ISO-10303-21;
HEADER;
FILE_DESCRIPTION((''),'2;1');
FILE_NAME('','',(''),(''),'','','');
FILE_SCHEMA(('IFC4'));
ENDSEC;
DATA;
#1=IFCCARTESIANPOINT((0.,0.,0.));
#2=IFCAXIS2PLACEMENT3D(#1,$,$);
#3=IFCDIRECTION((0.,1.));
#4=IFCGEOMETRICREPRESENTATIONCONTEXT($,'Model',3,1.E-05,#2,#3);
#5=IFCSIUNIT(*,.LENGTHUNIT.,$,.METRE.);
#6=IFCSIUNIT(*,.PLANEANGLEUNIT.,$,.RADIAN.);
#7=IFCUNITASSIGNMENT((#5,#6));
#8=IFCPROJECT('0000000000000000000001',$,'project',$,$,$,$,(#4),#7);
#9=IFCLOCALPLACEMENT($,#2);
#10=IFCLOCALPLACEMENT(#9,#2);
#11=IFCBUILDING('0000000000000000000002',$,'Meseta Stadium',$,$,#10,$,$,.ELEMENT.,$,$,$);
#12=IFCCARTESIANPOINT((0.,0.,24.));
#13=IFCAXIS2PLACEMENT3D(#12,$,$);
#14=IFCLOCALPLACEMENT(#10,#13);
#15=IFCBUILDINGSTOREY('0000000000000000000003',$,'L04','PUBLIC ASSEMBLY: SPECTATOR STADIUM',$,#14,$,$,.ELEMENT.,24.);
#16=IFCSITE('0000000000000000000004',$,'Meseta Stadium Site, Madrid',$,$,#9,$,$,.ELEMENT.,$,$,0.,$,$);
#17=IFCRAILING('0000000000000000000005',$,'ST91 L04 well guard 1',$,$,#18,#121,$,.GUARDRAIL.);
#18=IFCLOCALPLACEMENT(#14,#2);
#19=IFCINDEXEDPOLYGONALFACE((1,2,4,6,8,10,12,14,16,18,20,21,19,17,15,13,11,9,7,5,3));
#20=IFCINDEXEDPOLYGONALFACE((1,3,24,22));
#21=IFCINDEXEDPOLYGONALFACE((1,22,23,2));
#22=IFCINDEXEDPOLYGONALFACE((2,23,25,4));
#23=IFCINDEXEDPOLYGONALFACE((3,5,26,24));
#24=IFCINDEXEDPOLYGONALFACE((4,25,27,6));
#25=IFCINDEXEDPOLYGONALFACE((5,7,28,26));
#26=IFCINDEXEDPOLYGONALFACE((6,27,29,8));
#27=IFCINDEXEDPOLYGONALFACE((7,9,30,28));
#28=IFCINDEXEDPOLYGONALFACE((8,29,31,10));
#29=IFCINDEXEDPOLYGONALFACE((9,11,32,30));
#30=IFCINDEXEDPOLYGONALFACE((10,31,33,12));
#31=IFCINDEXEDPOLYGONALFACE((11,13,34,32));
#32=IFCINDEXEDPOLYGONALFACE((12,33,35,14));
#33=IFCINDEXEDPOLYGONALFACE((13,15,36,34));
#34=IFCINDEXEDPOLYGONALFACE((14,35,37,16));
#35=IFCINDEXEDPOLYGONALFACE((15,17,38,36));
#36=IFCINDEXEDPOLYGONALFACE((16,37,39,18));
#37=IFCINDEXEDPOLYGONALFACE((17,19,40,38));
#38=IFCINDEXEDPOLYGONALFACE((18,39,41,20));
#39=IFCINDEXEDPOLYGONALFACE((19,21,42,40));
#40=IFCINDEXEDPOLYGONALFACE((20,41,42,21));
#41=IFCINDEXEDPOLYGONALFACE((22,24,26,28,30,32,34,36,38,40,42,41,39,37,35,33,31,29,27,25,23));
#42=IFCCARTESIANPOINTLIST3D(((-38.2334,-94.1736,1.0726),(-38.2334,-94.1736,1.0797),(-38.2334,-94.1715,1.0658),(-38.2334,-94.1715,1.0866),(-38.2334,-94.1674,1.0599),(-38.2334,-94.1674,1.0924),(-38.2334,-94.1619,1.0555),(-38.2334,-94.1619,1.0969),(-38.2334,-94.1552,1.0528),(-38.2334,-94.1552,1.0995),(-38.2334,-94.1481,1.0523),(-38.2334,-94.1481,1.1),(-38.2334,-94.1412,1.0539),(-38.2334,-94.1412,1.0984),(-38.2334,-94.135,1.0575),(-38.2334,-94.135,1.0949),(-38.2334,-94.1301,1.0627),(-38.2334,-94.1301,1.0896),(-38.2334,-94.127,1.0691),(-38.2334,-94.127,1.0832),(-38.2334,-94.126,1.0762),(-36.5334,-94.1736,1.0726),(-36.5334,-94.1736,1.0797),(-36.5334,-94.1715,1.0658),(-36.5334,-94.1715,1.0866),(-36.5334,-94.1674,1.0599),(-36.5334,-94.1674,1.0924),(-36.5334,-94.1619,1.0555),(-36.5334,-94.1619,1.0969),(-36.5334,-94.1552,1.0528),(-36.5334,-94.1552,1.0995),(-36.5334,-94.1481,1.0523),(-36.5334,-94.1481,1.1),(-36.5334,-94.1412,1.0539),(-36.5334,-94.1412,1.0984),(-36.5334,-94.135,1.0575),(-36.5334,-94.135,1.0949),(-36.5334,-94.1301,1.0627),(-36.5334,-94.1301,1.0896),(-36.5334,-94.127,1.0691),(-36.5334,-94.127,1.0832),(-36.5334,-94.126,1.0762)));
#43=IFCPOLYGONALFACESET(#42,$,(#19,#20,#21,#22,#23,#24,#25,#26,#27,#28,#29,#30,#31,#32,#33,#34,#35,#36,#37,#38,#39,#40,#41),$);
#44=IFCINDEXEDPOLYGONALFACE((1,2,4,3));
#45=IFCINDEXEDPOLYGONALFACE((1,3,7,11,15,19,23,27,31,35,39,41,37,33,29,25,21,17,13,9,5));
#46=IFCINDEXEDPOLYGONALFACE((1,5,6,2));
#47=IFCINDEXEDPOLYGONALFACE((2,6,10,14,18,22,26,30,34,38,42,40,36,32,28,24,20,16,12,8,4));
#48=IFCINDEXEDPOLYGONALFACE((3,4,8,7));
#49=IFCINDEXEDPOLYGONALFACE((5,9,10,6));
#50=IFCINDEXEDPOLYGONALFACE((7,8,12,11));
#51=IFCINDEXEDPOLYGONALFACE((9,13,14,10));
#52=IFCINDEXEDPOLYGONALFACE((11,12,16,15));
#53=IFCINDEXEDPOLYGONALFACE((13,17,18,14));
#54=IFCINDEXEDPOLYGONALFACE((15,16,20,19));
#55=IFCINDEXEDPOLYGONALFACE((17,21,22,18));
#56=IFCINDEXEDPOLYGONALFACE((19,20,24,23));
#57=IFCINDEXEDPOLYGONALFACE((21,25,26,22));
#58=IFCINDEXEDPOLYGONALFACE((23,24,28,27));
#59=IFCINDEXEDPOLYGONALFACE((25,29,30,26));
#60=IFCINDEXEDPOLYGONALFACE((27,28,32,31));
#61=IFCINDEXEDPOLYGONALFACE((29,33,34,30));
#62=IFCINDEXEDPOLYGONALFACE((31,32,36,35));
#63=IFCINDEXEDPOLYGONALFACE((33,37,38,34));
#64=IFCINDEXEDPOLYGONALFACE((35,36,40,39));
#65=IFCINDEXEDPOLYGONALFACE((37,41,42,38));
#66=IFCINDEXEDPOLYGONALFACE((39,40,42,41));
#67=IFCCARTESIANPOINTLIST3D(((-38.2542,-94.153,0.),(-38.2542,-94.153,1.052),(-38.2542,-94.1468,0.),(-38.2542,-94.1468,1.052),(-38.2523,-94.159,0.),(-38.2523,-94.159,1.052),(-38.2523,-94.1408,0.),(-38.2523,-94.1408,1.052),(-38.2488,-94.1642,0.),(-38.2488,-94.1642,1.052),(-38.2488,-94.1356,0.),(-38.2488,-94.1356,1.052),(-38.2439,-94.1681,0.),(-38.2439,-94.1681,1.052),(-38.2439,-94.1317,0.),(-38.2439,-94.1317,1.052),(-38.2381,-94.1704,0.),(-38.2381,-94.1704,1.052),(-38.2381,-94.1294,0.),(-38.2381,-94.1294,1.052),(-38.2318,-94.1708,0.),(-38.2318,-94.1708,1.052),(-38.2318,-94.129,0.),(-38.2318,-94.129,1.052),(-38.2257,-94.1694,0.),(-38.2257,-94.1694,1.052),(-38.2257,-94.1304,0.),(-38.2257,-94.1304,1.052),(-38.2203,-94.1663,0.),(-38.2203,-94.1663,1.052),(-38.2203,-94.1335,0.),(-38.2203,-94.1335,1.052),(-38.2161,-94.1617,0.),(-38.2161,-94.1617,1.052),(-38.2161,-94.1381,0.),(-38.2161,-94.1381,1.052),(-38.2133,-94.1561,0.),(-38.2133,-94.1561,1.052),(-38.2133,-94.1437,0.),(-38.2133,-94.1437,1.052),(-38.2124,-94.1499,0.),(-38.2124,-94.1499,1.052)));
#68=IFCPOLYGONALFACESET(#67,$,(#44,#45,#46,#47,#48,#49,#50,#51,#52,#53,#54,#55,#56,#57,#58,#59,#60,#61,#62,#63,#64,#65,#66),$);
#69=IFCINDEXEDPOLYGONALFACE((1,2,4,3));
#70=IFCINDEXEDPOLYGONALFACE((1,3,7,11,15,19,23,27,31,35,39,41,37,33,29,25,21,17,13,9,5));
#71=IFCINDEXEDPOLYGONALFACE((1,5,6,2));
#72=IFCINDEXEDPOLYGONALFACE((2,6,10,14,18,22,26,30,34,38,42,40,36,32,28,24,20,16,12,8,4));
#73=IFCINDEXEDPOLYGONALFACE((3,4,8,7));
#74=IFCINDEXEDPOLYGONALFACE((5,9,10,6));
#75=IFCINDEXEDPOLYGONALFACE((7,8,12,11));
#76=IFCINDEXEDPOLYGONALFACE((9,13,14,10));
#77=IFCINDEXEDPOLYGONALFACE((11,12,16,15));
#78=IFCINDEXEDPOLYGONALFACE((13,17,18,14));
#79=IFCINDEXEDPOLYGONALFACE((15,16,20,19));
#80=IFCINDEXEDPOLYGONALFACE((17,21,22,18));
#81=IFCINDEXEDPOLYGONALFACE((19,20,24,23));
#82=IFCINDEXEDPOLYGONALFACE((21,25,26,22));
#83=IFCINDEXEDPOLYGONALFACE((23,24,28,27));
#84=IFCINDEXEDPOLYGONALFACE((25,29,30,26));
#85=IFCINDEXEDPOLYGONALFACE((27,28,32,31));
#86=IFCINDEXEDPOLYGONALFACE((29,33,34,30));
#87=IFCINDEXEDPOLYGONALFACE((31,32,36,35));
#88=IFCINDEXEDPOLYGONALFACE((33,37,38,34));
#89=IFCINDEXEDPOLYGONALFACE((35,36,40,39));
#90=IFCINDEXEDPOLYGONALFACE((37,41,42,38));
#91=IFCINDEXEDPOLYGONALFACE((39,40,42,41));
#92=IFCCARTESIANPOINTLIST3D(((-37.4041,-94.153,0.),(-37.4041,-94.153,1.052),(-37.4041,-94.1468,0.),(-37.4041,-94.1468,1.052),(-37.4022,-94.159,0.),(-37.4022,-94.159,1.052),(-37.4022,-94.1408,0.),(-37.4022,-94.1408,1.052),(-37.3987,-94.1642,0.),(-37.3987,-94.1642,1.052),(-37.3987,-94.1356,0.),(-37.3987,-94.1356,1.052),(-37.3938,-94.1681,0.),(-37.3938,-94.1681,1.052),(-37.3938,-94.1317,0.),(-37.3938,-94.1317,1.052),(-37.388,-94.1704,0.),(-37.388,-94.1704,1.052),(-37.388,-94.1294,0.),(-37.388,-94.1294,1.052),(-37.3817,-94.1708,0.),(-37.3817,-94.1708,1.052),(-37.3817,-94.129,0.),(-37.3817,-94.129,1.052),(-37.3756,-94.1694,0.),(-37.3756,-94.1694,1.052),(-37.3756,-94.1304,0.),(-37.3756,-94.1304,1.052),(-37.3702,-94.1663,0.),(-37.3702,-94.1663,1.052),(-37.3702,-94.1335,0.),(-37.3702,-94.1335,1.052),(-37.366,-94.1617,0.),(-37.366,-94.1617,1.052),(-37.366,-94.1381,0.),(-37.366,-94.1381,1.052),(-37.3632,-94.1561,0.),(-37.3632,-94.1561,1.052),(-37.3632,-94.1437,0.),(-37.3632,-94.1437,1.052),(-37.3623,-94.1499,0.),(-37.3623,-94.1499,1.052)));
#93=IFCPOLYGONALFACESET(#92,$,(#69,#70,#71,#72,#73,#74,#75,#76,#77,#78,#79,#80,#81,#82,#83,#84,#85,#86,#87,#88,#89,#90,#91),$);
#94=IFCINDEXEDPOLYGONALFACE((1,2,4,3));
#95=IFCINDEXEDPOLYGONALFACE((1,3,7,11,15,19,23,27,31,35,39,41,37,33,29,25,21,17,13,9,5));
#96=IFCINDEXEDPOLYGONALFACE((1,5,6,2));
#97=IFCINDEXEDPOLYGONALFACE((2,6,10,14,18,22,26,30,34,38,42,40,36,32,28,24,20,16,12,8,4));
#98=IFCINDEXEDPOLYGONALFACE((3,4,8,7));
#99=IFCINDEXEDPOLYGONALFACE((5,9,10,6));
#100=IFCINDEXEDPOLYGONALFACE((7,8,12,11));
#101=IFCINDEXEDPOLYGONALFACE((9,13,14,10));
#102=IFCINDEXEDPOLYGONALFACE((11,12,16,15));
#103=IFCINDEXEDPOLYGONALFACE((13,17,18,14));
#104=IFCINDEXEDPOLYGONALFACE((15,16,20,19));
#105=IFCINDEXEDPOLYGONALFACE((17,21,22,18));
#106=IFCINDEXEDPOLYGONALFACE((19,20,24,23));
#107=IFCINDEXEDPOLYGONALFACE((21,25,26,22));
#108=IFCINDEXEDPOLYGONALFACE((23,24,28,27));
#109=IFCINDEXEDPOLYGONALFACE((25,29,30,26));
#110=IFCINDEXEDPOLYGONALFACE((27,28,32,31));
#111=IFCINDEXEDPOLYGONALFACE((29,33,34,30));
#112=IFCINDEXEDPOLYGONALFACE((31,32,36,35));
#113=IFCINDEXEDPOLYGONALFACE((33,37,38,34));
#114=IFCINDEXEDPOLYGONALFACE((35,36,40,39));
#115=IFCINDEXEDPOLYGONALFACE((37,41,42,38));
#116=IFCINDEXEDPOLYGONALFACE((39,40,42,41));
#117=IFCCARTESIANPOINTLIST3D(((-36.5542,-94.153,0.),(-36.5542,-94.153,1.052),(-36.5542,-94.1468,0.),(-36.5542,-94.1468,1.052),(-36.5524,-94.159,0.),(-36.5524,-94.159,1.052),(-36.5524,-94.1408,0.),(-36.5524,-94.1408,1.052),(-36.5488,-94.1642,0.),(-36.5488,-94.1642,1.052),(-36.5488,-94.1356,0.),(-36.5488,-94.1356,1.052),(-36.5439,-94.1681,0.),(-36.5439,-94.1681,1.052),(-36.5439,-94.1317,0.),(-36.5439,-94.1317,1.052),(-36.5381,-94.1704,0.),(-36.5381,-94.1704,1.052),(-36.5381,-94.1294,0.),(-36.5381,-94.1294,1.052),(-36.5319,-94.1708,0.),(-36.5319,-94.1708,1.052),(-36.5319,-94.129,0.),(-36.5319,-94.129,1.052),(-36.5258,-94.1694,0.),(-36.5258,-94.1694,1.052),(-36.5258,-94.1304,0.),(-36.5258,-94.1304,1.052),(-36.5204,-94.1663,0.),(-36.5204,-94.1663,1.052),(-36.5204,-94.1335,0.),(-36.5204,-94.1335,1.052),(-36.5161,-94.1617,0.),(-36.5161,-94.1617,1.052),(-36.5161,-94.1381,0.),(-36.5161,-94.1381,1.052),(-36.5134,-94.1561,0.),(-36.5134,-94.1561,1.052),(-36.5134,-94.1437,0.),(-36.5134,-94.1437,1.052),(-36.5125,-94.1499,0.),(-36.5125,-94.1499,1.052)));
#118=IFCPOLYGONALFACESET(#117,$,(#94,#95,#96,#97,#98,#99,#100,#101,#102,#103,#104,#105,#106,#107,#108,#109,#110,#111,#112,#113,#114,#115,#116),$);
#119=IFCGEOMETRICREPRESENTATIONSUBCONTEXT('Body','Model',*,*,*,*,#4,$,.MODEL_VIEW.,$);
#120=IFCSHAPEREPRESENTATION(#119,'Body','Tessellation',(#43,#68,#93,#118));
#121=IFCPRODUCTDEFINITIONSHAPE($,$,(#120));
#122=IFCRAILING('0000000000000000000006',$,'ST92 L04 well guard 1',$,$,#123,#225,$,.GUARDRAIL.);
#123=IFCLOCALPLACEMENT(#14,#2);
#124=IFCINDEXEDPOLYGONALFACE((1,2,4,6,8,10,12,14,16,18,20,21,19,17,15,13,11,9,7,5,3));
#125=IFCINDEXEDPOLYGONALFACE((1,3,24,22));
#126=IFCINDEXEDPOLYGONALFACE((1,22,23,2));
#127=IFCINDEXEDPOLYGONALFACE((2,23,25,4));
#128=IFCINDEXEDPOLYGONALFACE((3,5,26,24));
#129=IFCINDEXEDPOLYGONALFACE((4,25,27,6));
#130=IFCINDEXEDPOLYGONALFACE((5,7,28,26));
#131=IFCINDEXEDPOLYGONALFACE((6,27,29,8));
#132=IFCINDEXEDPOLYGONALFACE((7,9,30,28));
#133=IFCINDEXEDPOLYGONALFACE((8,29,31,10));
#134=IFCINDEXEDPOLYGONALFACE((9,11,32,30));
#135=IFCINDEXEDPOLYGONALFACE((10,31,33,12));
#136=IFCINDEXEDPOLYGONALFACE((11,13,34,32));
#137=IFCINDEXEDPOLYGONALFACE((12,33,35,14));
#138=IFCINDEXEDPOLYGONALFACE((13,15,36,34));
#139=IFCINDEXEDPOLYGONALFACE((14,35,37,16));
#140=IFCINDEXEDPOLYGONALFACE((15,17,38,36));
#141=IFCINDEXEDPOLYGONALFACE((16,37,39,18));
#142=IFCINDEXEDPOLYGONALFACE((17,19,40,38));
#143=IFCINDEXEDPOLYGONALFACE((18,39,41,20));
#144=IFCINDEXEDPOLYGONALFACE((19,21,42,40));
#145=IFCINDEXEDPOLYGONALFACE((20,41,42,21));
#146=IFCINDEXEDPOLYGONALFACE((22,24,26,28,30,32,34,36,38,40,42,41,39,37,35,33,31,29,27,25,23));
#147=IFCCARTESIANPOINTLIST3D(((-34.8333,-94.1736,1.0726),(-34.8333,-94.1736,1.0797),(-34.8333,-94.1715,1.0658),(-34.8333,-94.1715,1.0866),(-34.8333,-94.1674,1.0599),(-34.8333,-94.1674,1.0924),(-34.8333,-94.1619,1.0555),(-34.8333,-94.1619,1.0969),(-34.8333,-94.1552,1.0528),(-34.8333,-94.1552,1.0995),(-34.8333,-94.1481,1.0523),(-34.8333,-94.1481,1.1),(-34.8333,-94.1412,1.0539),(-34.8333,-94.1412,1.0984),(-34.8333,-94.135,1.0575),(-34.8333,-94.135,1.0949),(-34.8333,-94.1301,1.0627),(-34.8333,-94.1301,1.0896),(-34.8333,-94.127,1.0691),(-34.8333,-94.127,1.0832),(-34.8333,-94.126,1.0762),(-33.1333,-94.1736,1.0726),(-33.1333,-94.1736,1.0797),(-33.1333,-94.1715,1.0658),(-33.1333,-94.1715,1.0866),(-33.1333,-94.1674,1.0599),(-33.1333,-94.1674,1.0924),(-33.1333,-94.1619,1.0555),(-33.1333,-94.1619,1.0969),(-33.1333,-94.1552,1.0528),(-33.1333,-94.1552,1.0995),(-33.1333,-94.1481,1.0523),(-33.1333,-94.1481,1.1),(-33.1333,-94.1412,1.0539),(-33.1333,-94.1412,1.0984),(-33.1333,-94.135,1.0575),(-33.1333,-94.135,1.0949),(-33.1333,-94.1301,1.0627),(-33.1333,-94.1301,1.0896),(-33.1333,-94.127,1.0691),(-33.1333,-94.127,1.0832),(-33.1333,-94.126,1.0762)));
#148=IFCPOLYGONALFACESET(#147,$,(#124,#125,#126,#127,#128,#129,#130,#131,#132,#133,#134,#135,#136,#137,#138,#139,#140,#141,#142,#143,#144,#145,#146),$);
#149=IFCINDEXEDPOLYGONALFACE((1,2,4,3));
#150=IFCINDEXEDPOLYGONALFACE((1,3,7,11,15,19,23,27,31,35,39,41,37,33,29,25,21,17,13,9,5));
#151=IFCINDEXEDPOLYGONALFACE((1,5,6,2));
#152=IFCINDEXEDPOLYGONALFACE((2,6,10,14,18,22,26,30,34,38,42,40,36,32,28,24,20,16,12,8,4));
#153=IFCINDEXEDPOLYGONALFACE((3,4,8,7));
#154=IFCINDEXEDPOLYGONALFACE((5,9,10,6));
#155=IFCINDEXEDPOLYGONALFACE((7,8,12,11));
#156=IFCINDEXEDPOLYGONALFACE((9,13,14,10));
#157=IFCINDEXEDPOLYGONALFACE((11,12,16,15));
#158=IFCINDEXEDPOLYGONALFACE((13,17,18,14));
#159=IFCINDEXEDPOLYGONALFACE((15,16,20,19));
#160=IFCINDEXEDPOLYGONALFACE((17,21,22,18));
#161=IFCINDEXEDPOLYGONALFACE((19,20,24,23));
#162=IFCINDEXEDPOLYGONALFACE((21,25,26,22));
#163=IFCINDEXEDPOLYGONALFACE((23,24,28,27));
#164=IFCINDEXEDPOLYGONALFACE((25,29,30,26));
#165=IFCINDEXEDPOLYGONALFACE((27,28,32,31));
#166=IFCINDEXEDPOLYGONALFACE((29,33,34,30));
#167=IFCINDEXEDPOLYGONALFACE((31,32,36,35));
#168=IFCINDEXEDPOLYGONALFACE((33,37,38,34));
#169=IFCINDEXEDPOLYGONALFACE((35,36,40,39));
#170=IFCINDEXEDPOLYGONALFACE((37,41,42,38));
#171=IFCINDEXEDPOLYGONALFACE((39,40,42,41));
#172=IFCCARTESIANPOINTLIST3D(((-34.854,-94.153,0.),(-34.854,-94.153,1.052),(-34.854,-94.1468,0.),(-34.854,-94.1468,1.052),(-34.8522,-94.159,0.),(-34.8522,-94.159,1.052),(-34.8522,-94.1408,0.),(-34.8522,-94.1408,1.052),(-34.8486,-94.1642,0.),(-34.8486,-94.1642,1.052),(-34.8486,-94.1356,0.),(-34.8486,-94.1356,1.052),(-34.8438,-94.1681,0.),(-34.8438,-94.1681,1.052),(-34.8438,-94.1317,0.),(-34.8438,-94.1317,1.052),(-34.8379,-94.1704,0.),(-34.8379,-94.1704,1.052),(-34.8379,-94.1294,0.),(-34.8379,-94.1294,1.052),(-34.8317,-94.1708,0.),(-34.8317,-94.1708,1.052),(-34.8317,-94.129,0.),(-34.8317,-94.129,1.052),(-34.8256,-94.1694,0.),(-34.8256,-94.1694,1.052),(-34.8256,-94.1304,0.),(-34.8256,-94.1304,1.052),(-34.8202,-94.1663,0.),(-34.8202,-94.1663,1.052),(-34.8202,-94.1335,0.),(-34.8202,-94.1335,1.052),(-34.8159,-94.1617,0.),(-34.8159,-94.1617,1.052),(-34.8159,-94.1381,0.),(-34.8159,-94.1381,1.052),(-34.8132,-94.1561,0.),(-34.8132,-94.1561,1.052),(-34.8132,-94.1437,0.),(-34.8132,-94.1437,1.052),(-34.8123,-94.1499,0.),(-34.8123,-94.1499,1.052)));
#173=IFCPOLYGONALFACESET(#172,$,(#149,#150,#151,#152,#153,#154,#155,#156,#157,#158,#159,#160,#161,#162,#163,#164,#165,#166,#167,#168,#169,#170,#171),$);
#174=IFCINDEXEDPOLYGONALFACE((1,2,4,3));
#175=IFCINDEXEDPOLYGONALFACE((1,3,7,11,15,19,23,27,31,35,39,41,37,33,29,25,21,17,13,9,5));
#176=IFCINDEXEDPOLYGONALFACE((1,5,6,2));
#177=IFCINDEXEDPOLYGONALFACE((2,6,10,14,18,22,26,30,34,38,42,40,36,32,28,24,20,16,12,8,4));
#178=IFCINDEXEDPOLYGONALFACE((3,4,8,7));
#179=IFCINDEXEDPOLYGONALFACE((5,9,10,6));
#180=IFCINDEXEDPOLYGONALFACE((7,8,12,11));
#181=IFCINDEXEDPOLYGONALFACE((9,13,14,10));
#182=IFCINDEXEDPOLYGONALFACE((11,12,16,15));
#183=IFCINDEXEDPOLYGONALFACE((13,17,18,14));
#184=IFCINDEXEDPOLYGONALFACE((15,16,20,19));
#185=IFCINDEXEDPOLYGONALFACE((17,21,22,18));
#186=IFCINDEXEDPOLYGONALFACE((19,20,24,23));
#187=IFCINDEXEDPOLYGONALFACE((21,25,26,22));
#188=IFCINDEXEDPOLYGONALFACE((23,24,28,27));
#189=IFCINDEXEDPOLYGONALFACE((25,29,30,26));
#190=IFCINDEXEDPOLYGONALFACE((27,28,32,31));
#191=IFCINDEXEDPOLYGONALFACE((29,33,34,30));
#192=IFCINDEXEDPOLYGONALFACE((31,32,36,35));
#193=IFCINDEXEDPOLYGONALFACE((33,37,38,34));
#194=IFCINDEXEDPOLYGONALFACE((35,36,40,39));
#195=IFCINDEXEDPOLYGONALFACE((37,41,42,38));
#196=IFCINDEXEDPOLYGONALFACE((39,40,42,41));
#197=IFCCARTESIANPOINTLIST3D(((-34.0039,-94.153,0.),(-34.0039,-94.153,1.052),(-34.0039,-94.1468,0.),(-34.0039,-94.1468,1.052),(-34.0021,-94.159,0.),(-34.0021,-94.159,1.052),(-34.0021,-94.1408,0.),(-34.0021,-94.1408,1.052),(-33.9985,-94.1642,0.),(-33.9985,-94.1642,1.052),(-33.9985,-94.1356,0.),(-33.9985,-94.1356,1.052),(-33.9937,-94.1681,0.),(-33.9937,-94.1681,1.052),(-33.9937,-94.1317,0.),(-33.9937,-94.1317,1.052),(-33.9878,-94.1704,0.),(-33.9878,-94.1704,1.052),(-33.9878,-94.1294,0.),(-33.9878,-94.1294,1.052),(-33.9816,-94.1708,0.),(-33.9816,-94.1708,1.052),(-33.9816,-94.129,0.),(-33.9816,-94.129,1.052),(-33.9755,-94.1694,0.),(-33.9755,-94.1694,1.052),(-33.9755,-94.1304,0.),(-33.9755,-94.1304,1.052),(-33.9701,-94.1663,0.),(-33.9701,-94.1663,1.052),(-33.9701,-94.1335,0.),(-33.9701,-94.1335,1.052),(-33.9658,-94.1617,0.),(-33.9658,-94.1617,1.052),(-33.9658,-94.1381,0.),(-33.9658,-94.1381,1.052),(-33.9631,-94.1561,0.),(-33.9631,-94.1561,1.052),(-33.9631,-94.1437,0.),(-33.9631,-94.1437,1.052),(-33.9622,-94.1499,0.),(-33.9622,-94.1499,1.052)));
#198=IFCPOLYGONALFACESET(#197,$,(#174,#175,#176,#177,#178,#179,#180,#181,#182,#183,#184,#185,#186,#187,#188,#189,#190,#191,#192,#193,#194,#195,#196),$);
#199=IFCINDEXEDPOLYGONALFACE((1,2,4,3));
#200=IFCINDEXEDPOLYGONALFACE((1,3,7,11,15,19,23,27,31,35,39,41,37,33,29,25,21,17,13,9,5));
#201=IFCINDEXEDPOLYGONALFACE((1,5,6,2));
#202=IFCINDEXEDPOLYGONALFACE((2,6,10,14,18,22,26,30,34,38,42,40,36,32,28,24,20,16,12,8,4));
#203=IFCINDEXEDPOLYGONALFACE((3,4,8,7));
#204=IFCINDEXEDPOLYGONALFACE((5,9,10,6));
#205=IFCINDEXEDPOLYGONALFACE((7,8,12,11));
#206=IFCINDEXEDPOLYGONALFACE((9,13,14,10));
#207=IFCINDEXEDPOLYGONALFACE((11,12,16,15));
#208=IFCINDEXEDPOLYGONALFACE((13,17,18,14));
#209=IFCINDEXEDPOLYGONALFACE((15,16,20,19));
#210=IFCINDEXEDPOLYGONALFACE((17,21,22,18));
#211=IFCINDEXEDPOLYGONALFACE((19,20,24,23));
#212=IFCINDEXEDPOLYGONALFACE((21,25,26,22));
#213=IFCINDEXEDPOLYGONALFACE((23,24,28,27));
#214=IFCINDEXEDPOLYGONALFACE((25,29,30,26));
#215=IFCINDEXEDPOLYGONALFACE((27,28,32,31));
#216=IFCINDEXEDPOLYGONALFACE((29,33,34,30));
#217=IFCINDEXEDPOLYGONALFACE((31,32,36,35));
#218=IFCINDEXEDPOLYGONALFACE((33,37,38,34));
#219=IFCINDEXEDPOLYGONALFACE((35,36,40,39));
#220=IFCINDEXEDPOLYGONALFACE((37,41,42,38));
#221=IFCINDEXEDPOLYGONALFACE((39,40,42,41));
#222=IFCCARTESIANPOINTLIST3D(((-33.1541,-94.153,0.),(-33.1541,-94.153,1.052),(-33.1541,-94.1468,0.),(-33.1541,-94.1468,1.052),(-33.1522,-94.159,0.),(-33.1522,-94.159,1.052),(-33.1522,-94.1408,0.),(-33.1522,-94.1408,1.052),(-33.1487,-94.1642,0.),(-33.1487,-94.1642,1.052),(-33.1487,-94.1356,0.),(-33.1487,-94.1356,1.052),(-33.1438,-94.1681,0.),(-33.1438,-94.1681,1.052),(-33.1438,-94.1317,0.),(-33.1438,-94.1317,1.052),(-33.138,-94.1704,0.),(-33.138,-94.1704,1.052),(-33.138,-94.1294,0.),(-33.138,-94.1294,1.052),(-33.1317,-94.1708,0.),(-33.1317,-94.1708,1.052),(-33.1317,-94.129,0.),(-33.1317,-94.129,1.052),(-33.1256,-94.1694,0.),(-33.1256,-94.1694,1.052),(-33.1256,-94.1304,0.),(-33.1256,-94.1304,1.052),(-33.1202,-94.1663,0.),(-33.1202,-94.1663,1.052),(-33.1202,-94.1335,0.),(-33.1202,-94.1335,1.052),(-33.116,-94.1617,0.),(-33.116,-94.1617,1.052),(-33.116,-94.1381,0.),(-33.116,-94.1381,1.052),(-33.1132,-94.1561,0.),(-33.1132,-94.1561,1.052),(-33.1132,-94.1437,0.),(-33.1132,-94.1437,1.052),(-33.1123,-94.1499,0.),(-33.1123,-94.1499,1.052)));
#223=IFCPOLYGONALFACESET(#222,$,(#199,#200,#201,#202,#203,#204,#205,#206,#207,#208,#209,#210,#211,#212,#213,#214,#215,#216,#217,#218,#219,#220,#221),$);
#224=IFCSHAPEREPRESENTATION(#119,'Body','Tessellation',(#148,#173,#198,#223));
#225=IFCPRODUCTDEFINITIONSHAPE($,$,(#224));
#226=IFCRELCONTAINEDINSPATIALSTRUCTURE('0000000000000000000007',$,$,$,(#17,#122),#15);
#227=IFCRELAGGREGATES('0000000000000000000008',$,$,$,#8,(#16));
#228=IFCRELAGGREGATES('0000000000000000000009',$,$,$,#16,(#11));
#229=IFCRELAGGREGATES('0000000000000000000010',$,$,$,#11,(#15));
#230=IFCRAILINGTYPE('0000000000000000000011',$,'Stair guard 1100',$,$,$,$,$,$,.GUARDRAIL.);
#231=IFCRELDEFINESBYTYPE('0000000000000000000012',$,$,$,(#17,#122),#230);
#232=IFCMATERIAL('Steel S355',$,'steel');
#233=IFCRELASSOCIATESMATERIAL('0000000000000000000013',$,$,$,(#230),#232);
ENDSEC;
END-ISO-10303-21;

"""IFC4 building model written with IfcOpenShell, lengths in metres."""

from ifc_helpers import new_model, si_unit, direction, frame, origin, origin_2d, place, context, subcontext, project, spatial, circle, extrude, material, type_object, element, save


model = new_model("IFC4")

# Units and contexts
model_context = context("Model", 3, precision=1e-05, world=origin(), true_north=direction((0.0, 1.0)))
body_context = subcontext(model_context, "Body", "Model", "MODEL_VIEW")
ifc_project = project(units=[si_unit("LENGTHUNIT", "METRE"), si_unit("PLANEANGLEUNIT", "RADIAN")], contexts=[model_context])

# Site, building, storey
site_placement = place(None, origin())
site = spatial("IfcSite", under=ifc_project, at=site_placement, Name="Meseta Stadium Site, Madrid", CompositionType="ELEMENT", RefElevation=0.0)
building_placement = place(site_placement, origin())
building = spatial("IfcBuilding", under=site, at=building_placement, Name="Meseta Stadium", CompositionType="ELEMENT")
storey_placement = place(building_placement, frame((0.0, 0.0, 24.0)))
storey = spatial("IfcBuildingStorey", under=building, at=storey_placement, Name="L04", Description="PUBLIC ASSEMBLY: SPECTATOR STADIUM", CompositionType="ELEMENT", Elevation=24.0)

# Railings
ifc_material_1 = material(Name="Steel S355", Category="steel")
railing_type = type_object("IfcRailingType", Name="Stair guard 1100", PredefinedType="GUARDRAIL", material=ifc_material_1)
for number, where, name in (
    (1, (-38.2334, -94.1499, 0.0), "ST91 L04 well guard 1"),
    (2, (-34.8333, -94.1499, 0.0), "ST92 L04 well guard 1"),
):
    element("IfcRailing", number, at=place(storey_placement, frame(where)), inside=storey, type_object=railing_type, Name=name, PredefinedType="GUARDRAIL", context=body_context, shape_type="SweptSolid", body=[
        extrude(circle(Radius=0.0239, at=origin_2d()), frame((0.0, 0.0, 1.0762), z_axis=(1.0, 0.0, 0.0), x_axis=(0.0, 1.0, 0.0)), (0.0, 0.0, 1.0), 1.7),
        extrude(circle(Radius=0.021, at=origin_2d()), origin(), (0.0, 0.0, 1.0), 1.052),
        extrude(circle(Radius=0.021, at=origin_2d()), frame((0.8501, 0.0, 0.0)), (0.0, 0.0, 1.0), 1.052),
        extrude(circle(Radius=0.021, at=origin_2d()), frame((1.7, 0.0, 0.0)), (0.0, 0.0, 1.0), 1.052),
    ])

save(model, "model.ifc")
